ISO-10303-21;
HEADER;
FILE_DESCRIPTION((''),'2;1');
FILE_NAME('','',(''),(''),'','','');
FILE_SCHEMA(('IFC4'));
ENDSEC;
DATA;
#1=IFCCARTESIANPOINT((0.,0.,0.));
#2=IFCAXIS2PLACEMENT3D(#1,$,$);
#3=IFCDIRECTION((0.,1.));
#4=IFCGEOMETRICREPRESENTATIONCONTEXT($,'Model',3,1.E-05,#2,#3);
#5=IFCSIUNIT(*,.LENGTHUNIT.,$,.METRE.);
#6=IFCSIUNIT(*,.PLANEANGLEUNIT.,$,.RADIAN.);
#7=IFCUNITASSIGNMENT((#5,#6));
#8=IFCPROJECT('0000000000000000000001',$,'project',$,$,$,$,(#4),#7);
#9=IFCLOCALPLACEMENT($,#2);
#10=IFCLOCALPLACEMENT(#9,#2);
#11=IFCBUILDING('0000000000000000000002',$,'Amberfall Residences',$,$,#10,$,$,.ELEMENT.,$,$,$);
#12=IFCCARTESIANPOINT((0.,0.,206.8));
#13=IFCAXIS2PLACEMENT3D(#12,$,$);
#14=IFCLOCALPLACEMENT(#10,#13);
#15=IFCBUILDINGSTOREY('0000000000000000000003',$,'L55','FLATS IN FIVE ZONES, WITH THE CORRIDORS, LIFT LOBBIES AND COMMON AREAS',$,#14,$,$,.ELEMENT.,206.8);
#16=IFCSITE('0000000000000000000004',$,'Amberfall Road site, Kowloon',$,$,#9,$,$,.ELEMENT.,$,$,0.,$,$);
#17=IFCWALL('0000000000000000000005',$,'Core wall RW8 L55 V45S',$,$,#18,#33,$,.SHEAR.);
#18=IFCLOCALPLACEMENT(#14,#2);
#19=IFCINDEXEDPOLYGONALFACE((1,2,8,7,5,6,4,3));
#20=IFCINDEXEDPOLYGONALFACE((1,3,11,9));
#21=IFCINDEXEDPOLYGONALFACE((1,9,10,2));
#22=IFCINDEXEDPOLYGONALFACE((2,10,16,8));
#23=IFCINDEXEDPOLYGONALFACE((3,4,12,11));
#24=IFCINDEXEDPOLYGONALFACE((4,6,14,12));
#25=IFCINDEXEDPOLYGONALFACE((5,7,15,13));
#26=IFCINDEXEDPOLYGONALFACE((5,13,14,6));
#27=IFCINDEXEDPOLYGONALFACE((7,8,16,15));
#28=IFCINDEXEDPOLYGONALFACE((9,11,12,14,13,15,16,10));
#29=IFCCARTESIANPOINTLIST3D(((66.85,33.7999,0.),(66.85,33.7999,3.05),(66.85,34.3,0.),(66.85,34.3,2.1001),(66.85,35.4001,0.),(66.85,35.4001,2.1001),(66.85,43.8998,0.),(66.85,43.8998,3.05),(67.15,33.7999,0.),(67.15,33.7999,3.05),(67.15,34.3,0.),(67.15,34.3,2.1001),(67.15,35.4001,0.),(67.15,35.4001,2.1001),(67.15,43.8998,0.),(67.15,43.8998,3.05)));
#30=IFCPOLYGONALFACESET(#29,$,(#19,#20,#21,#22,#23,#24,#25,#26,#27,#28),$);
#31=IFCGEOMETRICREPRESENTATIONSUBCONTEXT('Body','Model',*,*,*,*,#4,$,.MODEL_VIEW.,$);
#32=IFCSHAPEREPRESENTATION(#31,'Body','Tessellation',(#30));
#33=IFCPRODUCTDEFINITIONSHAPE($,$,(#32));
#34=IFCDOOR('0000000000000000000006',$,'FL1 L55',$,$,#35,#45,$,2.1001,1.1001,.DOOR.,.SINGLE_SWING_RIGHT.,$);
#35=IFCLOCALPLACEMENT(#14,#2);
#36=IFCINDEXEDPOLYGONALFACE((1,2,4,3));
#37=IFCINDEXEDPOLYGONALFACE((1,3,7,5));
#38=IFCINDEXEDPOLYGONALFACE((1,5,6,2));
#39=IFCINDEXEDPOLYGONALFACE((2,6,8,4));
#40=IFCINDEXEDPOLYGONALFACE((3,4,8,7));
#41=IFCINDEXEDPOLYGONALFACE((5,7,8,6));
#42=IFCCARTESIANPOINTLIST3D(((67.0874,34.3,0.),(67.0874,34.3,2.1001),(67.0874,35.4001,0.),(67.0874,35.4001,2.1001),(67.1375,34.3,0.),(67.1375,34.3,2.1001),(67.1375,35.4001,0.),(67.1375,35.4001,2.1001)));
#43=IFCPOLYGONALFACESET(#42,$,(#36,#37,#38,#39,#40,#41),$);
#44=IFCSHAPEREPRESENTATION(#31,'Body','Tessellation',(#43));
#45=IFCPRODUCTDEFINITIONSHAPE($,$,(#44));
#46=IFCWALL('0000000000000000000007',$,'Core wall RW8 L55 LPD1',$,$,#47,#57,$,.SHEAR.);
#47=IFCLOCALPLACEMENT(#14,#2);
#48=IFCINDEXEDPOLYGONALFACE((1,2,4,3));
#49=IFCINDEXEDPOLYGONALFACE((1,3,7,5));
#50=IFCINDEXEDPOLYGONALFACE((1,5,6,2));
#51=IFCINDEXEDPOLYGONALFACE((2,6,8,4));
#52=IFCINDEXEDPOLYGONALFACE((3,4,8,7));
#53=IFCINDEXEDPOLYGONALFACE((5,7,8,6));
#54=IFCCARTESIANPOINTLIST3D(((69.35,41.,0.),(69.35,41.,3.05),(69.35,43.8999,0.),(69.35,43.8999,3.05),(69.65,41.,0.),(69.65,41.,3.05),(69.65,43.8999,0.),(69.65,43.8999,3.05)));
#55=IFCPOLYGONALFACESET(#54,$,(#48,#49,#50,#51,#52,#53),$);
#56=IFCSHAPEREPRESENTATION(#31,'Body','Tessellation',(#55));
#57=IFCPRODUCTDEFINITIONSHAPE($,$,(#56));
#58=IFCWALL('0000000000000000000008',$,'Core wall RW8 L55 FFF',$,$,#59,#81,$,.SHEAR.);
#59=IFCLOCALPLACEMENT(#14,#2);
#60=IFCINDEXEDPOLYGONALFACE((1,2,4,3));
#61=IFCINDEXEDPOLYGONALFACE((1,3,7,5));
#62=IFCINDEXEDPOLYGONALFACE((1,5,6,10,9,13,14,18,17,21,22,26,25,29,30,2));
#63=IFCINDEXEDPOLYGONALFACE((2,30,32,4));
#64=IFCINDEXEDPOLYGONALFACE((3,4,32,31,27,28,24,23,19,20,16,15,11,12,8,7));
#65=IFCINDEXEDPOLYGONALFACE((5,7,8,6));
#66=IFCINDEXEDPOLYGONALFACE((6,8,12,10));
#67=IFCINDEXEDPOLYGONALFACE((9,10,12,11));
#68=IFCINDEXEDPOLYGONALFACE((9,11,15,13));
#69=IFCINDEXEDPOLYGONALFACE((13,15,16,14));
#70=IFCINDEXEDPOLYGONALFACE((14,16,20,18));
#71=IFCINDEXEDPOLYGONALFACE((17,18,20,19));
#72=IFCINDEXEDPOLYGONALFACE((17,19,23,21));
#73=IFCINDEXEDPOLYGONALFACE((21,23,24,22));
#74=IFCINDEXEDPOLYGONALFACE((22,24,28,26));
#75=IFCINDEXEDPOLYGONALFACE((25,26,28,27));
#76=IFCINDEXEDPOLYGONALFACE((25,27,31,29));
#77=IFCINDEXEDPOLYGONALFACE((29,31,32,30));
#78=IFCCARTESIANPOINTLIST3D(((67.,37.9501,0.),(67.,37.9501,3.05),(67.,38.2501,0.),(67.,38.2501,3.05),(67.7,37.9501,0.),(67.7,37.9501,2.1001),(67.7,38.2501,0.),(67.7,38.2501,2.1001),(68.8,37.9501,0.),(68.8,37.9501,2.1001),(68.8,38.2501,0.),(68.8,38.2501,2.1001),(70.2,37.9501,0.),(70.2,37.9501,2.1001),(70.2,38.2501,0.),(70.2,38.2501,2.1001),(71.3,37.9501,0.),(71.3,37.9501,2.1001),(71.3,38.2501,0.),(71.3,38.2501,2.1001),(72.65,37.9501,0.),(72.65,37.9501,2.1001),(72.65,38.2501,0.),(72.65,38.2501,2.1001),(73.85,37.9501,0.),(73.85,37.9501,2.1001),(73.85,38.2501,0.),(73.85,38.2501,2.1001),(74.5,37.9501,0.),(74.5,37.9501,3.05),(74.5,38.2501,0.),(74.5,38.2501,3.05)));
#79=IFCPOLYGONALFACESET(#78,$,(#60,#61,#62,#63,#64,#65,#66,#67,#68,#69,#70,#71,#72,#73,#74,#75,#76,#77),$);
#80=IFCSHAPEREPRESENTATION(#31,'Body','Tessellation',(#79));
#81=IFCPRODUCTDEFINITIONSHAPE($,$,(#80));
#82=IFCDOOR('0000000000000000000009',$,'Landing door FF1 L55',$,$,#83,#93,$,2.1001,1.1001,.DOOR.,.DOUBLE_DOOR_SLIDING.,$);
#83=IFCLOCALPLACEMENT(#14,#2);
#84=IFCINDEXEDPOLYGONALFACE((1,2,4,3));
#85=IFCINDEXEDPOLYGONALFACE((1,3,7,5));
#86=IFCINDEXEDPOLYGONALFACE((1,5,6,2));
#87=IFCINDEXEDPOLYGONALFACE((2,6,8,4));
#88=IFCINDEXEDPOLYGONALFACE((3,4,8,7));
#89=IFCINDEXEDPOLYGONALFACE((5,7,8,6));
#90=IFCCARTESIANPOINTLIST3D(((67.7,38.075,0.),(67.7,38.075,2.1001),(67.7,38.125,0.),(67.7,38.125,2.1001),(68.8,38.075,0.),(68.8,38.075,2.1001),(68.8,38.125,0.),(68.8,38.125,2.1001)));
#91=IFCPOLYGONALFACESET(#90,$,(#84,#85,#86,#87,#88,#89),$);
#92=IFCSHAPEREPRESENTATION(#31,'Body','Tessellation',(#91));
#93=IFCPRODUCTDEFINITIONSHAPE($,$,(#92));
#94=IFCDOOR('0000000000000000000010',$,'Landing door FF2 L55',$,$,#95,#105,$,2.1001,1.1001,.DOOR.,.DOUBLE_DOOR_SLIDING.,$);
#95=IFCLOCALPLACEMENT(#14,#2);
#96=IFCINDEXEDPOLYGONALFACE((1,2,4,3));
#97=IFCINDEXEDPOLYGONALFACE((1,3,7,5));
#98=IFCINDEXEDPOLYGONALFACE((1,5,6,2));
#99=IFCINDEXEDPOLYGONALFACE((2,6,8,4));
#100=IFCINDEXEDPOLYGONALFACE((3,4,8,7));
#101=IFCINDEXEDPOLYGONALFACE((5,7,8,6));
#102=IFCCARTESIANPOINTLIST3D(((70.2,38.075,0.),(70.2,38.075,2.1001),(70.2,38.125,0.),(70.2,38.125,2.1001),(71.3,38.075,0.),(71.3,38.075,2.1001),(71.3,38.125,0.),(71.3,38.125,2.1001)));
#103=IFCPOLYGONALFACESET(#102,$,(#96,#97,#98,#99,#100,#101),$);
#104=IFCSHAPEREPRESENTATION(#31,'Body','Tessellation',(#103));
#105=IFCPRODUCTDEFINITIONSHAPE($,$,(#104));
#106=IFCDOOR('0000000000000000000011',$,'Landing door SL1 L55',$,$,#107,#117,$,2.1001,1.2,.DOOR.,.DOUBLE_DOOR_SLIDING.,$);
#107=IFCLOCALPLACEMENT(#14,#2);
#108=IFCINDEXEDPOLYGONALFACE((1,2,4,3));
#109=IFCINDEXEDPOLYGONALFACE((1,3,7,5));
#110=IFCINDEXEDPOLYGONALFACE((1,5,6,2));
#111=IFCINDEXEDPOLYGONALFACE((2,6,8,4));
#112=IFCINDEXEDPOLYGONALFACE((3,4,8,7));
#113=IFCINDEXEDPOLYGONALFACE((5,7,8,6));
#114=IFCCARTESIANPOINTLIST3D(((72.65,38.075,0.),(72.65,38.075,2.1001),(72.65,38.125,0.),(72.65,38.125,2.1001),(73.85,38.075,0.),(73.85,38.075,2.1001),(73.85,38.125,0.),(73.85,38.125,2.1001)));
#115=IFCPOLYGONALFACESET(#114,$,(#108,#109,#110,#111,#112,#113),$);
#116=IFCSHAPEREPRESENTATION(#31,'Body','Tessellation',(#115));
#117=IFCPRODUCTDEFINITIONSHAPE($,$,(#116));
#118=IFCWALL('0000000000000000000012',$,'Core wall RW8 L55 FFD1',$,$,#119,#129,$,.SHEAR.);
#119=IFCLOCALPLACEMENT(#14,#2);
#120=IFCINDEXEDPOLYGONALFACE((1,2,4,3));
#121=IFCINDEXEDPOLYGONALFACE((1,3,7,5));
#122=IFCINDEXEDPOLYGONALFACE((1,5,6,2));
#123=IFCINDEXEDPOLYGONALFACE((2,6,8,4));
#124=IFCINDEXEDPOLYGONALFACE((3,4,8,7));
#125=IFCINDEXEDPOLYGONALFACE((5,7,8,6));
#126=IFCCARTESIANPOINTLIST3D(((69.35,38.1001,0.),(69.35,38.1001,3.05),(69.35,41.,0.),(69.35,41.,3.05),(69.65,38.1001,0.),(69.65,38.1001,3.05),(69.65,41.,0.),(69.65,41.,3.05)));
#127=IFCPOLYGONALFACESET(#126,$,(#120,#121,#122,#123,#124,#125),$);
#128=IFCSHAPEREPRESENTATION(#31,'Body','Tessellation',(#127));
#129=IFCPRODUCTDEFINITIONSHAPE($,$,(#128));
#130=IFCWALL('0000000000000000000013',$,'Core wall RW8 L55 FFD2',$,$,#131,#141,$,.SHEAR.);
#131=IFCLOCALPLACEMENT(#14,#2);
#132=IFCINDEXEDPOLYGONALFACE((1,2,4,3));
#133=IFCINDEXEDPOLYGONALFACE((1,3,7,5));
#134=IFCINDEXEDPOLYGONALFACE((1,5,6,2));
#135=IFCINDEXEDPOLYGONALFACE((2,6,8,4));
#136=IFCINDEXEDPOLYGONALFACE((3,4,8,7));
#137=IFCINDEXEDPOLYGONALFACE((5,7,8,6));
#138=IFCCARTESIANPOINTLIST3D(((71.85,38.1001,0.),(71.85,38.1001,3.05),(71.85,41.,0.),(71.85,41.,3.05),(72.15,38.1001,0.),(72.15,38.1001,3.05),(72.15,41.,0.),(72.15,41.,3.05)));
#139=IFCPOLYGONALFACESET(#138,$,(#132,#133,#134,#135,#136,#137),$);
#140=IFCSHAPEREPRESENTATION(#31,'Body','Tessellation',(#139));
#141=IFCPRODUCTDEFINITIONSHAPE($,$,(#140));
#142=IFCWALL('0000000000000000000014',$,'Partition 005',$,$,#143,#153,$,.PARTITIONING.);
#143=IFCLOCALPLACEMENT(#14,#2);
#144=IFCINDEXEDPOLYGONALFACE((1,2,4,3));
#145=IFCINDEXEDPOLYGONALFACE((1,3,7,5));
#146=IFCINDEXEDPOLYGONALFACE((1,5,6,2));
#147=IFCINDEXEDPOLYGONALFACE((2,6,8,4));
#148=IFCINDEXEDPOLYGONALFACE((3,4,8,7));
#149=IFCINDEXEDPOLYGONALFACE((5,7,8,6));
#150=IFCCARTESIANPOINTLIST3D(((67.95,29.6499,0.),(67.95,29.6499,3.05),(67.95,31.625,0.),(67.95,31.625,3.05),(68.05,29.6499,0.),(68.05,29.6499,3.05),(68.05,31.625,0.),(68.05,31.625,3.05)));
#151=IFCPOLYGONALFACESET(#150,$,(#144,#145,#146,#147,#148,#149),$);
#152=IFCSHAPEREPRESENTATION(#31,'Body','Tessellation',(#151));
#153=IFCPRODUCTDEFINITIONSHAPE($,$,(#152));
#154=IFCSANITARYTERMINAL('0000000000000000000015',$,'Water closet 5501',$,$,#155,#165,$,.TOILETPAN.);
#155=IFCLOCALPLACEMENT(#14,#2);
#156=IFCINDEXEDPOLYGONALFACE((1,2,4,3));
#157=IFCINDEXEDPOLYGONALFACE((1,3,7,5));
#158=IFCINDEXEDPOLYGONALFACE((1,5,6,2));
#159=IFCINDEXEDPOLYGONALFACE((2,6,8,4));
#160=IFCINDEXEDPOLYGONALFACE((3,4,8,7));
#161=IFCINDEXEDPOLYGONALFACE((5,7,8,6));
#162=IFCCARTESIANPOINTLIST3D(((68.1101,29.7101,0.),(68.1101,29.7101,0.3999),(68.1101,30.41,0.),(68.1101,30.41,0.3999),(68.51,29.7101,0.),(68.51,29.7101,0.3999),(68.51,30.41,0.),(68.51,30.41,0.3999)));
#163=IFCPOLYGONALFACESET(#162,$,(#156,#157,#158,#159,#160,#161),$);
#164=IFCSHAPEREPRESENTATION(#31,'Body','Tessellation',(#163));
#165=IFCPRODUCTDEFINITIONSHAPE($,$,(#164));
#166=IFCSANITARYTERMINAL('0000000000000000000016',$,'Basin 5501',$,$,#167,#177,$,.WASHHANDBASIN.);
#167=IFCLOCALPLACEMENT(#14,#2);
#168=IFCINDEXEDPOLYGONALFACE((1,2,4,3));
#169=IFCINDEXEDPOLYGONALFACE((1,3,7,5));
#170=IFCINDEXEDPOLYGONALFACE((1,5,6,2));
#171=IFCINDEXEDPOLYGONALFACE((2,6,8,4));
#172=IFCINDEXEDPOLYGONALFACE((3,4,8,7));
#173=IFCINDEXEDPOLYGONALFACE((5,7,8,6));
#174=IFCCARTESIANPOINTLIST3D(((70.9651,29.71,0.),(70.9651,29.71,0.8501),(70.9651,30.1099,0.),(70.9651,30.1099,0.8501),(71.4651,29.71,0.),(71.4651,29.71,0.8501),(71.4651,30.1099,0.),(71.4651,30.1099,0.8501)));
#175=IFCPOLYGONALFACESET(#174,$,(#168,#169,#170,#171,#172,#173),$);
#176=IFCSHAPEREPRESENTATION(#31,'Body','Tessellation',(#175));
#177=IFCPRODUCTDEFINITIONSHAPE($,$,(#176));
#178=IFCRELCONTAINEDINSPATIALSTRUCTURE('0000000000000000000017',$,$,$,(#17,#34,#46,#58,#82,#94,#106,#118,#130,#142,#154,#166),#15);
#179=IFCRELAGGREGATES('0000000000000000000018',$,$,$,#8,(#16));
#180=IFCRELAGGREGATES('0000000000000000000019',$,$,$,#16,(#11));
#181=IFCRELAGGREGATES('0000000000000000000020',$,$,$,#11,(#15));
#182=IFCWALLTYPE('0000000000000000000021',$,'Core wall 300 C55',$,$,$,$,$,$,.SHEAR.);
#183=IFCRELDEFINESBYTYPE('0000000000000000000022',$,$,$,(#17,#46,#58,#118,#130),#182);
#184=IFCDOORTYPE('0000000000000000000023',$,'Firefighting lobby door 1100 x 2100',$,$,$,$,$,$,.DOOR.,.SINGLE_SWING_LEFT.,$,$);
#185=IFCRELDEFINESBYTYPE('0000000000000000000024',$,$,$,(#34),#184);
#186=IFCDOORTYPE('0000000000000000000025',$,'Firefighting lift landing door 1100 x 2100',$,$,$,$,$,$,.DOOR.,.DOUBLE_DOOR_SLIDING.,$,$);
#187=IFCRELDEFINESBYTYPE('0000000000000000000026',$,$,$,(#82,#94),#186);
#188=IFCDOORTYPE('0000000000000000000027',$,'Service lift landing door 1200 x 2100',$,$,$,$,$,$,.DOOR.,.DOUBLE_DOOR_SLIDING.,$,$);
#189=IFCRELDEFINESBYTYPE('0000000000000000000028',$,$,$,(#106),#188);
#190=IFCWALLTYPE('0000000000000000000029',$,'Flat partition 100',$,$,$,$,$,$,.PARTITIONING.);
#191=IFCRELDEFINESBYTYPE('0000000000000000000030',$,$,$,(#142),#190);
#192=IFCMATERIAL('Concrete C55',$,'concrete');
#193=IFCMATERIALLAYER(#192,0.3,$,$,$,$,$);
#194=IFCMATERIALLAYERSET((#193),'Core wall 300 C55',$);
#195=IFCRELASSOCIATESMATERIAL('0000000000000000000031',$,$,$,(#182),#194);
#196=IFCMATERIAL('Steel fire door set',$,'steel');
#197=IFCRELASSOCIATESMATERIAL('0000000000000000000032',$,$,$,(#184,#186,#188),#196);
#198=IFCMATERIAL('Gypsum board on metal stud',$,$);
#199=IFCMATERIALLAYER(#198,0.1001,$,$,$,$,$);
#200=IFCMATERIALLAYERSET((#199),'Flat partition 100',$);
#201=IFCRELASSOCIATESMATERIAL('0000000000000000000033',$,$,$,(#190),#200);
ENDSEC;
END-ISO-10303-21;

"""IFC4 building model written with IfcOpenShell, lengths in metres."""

from ifc_helpers import new_model, si_unit, direction, frame, frame_2d, origin, origin_2d, place, context, subcontext, project, spatial, rectangle, extrude, material, layer, layer_set, type_object, element, fill, save


model = new_model("IFC4")

# Units and contexts
model_context = context("Model", 3, precision=1e-05, world=origin(), true_north=direction((0.0, 1.0)))
body_context = subcontext(model_context, "Body", "Model", "MODEL_VIEW")
ifc_project = project(units=[si_unit("LENGTHUNIT", "METRE"), si_unit("PLANEANGLEUNIT", "RADIAN")], contexts=[model_context])

# Site, building, storey
site_placement = place(None, origin())
site = spatial("IfcSite", under=ifc_project, at=site_placement, Name="Amberfall Road site, Kowloon", CompositionType="ELEMENT", RefElevation=0.0)
building_placement = place(site_placement, origin())
building = spatial("IfcBuilding", under=site, at=building_placement, Name="Amberfall Residences", CompositionType="ELEMENT")
storey_placement = place(building_placement, frame((0.0, 0.0, 206.8)))
storey = spatial("IfcBuildingStorey", under=building, at=storey_placement, Name="L55", Description="FLATS IN FIVE ZONES, WITH THE CORRIDORS, LIFT LOBBIES AND COMMON AREAS", CompositionType="ELEMENT", Elevation=206.8)

# Wall, opening, door
ifc_material_1 = material(Name="Concrete C55", Category="concrete")
ifc_layer_1 = layer(ifc_material_1, 0.3)
ifc_layer_set_1 = layer_set([ifc_layer_1], Name="Core wall 300 C55")
wall_type_1 = type_object("IfcWallType", Name="Core wall 300 C55", PredefinedType="SHEAR", material=ifc_layer_set_1)
wall_1_placement = place(storey_placement, frame((67.0, 33.8, 0.0), z_axis=(0.0, 0.0, 1.0), x_axis=(0.0, 1.0, 0.0)))
wall_1 = element("IfcWall", 1, at=wall_1_placement, inside=storey, type_object=wall_type_1, Name="Core wall RW8 L55 V45S", PredefinedType="SHEAR", context=body_context, shape_type="SweptSolid", body=[
    extrude(rectangle(XDim=10.0999, YDim=0.3, at=frame_2d((5.0498, 0.0))), origin(), (0.0, 0.0, 1.0), 3.05),
])
opening_1_placement = place(wall_1_placement, frame((0.5, 0.0, 0.0)))
opening_1 = element("IfcOpeningElement", 2, at=opening_1_placement, cuts=wall_1, PredefinedType="OPENING", context=body_context, shape_type="SweptSolid", body=[
    extrude(rectangle(XDim=1.1001, YDim=2.1001, at=frame_2d((0.55, 1.05))), frame((0.0, 0.1599, 0.0), z_axis=(0.0, -1.0, 0.0), x_axis=(1.0, 0.0, 0.0)), (0.0, 0.0, 1.0), 0.3201),
])
ifc_material_2 = material(Name="Steel fire door set", Category="steel")
door_type_1 = type_object("IfcDoorType", Name="Firefighting lobby door 1100 x 2100", OperationType="SINGLE_SWING_LEFT", PredefinedType="DOOR", material=ifc_material_2)
door_1_placement = place(opening_1_placement, origin())
door_1 = element("IfcDoor", 3, at=door_1_placement, inside=storey, type_object=door_type_1, Name="FL1 L55", OperationType="SINGLE_SWING_RIGHT", OverallHeight=2.1001, OverallWidth=1.1001, PredefinedType="DOOR", context=body_context, shape_type="SweptSolid", body=[
    extrude(rectangle(XDim=1.1001, YDim=2.1001, at=frame_2d((0.55, 1.05))), frame((0.0, -0.0874, 0.0), z_axis=(0.0, -1.0, 0.0), x_axis=(1.0, 0.0, 0.0)), (0.0, 0.0, 1.0), 0.05),
])
fill(opening_1, door_1)

# Wall
wall_2_placement = place(storey_placement, frame((69.5, 41.0, 0.0), z_axis=(0.0, 0.0, 1.0), x_axis=(0.0, 1.0, 0.0)))
element("IfcWall", 4, at=wall_2_placement, inside=storey, type_object=wall_type_1, Name="Core wall RW8 L55 LPD1", PredefinedType="SHEAR", context=body_context, shape_type="SweptSolid", body=[
    extrude(rectangle(XDim=2.8999, YDim=0.3, at=frame_2d((1.45, 0.0))), origin(), (0.0, 0.0, 1.0), 3.05),
])

# Wall, openings, doors
wall_3_placement = place(storey_placement, frame((67.0, 38.1001, 0.0), z_axis=(0.0, 0.0, 1.0), x_axis=(1.0, 0.0, 0.0)))
wall_3 = element("IfcWall", 5, at=wall_3_placement, inside=storey, type_object=wall_type_1, Name="Core wall RW8 L55 FFF", PredefinedType="SHEAR", context=body_context, shape_type="SweptSolid", body=[
    extrude(rectangle(XDim=7.5, YDim=0.3, at=frame_2d((3.75, 0.0))), origin(), (0.0, 0.0, 1.0), 3.05),
])
opening_2_placement = place(wall_3_placement, frame((0.7, 0.0, 0.0)))
opening_2 = element("IfcOpeningElement", 6, at=opening_2_placement, cuts=wall_3, PredefinedType="OPENING", context=body_context, shape_type="SweptSolid", body=[
    extrude(rectangle(XDim=1.1001, YDim=2.1001, at=frame_2d((0.55, 1.05))), frame((0.0, 0.1599, 0.0), z_axis=(0.0, -1.0, 0.0), x_axis=(1.0, 0.0, 0.0)), (0.0, 0.0, 1.0), 0.3201),
])
opening_3_placement = place(wall_3_placement, frame((3.2, 0.0, 0.0)))
opening_3 = element("IfcOpeningElement", 7, at=opening_3_placement, cuts=wall_3, PredefinedType="OPENING", context=body_context, shape_type="SweptSolid", body=[
    extrude(rectangle(XDim=1.1001, YDim=2.1001, at=frame_2d((0.55, 1.05))), frame((0.0, 0.1599, 0.0), z_axis=(0.0, -1.0, 0.0), x_axis=(1.0, 0.0, 0.0)), (0.0, 0.0, 1.0), 0.3201),
])
opening_4_placement = place(wall_3_placement, frame((5.6499, 0.0, 0.0)))
opening_4 = element("IfcOpeningElement", 8, at=opening_4_placement, cuts=wall_3, PredefinedType="OPENING", context=body_context, shape_type="SweptSolid", body=[
    extrude(rectangle(XDim=1.2, YDim=2.1001, at=frame_2d((0.6001, 1.05))), frame((0.0, 0.1599, 0.0), z_axis=(0.0, -1.0, 0.0), x_axis=(1.0, 0.0, 0.0)), (0.0, 0.0, 1.0), 0.3201),
])
door_type_2 = type_object("IfcDoorType", Name="Firefighting lift landing door 1100 x 2100", OperationType="DOUBLE_DOOR_SLIDING", PredefinedType="DOOR", material=ifc_material_2)
door_2_placement = place(opening_2_placement, origin())
door_2 = element("IfcDoor", 9, at=door_2_placement, inside=storey, type_object=door_type_2, Name="Landing door FF1 L55", OperationType="DOUBLE_DOOR_SLIDING", OverallHeight=2.1001, OverallWidth=1.1001, PredefinedType="DOOR", context=body_context, shape_type="SweptSolid", body=[
    extrude(rectangle(XDim=1.1001, YDim=2.1001, at=frame_2d((0.55, 1.05))), frame((0.0, 0.0249, 0.0), z_axis=(0.0, -1.0, 0.0), x_axis=(1.0, 0.0, 0.0)), (0.0, 0.0, 1.0), 0.05),
])
fill(opening_2, door_2)
door_3_placement = place(opening_3_placement, origin())
door_3 = element("IfcDoor", 10, at=door_3_placement, inside=storey, type_object=door_type_2, Name="Landing door FF2 L55", OperationType="DOUBLE_DOOR_SLIDING", OverallHeight=2.1001, OverallWidth=1.1001, PredefinedType="DOOR", context=body_context, shape_type="SweptSolid", body=[
    extrude(rectangle(XDim=1.1001, YDim=2.1001, at=frame_2d((0.55, 1.05))), frame((0.0, 0.0249, 0.0), z_axis=(0.0, -1.0, 0.0), x_axis=(1.0, 0.0, 0.0)), (0.0, 0.0, 1.0), 0.05),
])
fill(opening_3, door_3)
door_type_3 = type_object("IfcDoorType", Name="Service lift landing door 1200 x 2100", OperationType="DOUBLE_DOOR_SLIDING", PredefinedType="DOOR", material=ifc_material_2)
door_4_placement = place(opening_4_placement, origin())
door_4 = element("IfcDoor", 11, at=door_4_placement, inside=storey, type_object=door_type_3, Name="Landing door SL1 L55", OperationType="DOUBLE_DOOR_SLIDING", OverallHeight=2.1001, OverallWidth=1.2, PredefinedType="DOOR", context=body_context, shape_type="SweptSolid", body=[
    extrude(rectangle(XDim=1.2, YDim=2.1001, at=frame_2d((0.6001, 1.05))), frame((0.0, 0.0249, 0.0), z_axis=(0.0, -1.0, 0.0), x_axis=(1.0, 0.0, 0.0)), (0.0, 0.0, 1.0), 0.05),
])
fill(opening_4, door_4)

# Walls
for number, where, z_axis, x_axis, name in (
    (12, (69.5, 38.1001, 0.0), (0.0, 0.0, 1.0), (0.0, 1.0, 0.0), "Core wall RW8 L55 FFD1"),
    (13, (72.0, 38.1001, 0.0), (0.0, 0.0, 1.0), (0.0, 1.0, 0.0), "Core wall RW8 L55 FFD2"),
):
    element("IfcWall", number, at=place(storey_placement, frame(where, z_axis=z_axis, x_axis=x_axis)), inside=storey, type_object=wall_type_1, Name=name, PredefinedType="SHEAR", context=body_context, shape_type="SweptSolid", body=[
        extrude(rectangle(XDim=2.8999, YDim=0.3, at=frame_2d((1.45, 0.0))), origin(), (0.0, 0.0, 1.0), 3.05),
    ])
ifc_material_3 = material(Name="Gypsum board on metal stud")
ifc_layer_2 = layer(ifc_material_3, 0.1001)
ifc_layer_set_2 = layer_set([ifc_layer_2], Name="Flat partition 100")
wall_type_2 = type_object("IfcWallType", Name="Flat partition 100", PredefinedType="PARTITIONING", material=ifc_layer_set_2)
wall_4_placement = place(storey_placement, frame((68.0, 29.6499, 0.0), z_axis=(0.0, 0.0, 1.0), x_axis=(0.0, 1.0, 0.0)))
element("IfcWall", 14, at=wall_4_placement, inside=storey, type_object=wall_type_2, Name="Partition 005", PredefinedType="PARTITIONING", context=body_context, shape_type="SweptSolid", body=[
    extrude(rectangle(XDim=1.9751, YDim=0.1001, at=frame_2d((0.9875, 0.0))), origin(), (0.0, 0.0, 1.0), 3.05),
])

# Sanitary terminals
sanitary_terminal_1_placement = place(storey_placement, frame((68.3101, 30.0601, 0.0), z_axis=(0.0, 0.0, 1.0), x_axis=(1.0, 0.0, 0.0)))
element("IfcSanitaryTerminal", 15, at=sanitary_terminal_1_placement, inside=storey, Name="Water closet 5501", PredefinedType="TOILETPAN", context=body_context, shape_type="SweptSolid", body=[
    extrude(rectangle(XDim=0.3999, YDim=0.7, at=origin_2d()), origin(), (0.0, 0.0, 1.0), 0.3999),
])
sanitary_terminal_2_placement = place(storey_placement, frame((71.2151, 29.9099, 0.0), z_axis=(0.0, 0.0, 1.0), x_axis=(1.0, 0.0, 0.0)))
element("IfcSanitaryTerminal", 16, at=sanitary_terminal_2_placement, inside=storey, Name="Basin 5501", PredefinedType="WASHHANDBASIN", context=body_context, shape_type="SweptSolid", body=[
    extrude(rectangle(XDim=0.5, YDim=0.3999, at=origin_2d()), origin(), (0.0, 0.0, 1.0), 0.8501),
])

save(model, "model.ifc")
